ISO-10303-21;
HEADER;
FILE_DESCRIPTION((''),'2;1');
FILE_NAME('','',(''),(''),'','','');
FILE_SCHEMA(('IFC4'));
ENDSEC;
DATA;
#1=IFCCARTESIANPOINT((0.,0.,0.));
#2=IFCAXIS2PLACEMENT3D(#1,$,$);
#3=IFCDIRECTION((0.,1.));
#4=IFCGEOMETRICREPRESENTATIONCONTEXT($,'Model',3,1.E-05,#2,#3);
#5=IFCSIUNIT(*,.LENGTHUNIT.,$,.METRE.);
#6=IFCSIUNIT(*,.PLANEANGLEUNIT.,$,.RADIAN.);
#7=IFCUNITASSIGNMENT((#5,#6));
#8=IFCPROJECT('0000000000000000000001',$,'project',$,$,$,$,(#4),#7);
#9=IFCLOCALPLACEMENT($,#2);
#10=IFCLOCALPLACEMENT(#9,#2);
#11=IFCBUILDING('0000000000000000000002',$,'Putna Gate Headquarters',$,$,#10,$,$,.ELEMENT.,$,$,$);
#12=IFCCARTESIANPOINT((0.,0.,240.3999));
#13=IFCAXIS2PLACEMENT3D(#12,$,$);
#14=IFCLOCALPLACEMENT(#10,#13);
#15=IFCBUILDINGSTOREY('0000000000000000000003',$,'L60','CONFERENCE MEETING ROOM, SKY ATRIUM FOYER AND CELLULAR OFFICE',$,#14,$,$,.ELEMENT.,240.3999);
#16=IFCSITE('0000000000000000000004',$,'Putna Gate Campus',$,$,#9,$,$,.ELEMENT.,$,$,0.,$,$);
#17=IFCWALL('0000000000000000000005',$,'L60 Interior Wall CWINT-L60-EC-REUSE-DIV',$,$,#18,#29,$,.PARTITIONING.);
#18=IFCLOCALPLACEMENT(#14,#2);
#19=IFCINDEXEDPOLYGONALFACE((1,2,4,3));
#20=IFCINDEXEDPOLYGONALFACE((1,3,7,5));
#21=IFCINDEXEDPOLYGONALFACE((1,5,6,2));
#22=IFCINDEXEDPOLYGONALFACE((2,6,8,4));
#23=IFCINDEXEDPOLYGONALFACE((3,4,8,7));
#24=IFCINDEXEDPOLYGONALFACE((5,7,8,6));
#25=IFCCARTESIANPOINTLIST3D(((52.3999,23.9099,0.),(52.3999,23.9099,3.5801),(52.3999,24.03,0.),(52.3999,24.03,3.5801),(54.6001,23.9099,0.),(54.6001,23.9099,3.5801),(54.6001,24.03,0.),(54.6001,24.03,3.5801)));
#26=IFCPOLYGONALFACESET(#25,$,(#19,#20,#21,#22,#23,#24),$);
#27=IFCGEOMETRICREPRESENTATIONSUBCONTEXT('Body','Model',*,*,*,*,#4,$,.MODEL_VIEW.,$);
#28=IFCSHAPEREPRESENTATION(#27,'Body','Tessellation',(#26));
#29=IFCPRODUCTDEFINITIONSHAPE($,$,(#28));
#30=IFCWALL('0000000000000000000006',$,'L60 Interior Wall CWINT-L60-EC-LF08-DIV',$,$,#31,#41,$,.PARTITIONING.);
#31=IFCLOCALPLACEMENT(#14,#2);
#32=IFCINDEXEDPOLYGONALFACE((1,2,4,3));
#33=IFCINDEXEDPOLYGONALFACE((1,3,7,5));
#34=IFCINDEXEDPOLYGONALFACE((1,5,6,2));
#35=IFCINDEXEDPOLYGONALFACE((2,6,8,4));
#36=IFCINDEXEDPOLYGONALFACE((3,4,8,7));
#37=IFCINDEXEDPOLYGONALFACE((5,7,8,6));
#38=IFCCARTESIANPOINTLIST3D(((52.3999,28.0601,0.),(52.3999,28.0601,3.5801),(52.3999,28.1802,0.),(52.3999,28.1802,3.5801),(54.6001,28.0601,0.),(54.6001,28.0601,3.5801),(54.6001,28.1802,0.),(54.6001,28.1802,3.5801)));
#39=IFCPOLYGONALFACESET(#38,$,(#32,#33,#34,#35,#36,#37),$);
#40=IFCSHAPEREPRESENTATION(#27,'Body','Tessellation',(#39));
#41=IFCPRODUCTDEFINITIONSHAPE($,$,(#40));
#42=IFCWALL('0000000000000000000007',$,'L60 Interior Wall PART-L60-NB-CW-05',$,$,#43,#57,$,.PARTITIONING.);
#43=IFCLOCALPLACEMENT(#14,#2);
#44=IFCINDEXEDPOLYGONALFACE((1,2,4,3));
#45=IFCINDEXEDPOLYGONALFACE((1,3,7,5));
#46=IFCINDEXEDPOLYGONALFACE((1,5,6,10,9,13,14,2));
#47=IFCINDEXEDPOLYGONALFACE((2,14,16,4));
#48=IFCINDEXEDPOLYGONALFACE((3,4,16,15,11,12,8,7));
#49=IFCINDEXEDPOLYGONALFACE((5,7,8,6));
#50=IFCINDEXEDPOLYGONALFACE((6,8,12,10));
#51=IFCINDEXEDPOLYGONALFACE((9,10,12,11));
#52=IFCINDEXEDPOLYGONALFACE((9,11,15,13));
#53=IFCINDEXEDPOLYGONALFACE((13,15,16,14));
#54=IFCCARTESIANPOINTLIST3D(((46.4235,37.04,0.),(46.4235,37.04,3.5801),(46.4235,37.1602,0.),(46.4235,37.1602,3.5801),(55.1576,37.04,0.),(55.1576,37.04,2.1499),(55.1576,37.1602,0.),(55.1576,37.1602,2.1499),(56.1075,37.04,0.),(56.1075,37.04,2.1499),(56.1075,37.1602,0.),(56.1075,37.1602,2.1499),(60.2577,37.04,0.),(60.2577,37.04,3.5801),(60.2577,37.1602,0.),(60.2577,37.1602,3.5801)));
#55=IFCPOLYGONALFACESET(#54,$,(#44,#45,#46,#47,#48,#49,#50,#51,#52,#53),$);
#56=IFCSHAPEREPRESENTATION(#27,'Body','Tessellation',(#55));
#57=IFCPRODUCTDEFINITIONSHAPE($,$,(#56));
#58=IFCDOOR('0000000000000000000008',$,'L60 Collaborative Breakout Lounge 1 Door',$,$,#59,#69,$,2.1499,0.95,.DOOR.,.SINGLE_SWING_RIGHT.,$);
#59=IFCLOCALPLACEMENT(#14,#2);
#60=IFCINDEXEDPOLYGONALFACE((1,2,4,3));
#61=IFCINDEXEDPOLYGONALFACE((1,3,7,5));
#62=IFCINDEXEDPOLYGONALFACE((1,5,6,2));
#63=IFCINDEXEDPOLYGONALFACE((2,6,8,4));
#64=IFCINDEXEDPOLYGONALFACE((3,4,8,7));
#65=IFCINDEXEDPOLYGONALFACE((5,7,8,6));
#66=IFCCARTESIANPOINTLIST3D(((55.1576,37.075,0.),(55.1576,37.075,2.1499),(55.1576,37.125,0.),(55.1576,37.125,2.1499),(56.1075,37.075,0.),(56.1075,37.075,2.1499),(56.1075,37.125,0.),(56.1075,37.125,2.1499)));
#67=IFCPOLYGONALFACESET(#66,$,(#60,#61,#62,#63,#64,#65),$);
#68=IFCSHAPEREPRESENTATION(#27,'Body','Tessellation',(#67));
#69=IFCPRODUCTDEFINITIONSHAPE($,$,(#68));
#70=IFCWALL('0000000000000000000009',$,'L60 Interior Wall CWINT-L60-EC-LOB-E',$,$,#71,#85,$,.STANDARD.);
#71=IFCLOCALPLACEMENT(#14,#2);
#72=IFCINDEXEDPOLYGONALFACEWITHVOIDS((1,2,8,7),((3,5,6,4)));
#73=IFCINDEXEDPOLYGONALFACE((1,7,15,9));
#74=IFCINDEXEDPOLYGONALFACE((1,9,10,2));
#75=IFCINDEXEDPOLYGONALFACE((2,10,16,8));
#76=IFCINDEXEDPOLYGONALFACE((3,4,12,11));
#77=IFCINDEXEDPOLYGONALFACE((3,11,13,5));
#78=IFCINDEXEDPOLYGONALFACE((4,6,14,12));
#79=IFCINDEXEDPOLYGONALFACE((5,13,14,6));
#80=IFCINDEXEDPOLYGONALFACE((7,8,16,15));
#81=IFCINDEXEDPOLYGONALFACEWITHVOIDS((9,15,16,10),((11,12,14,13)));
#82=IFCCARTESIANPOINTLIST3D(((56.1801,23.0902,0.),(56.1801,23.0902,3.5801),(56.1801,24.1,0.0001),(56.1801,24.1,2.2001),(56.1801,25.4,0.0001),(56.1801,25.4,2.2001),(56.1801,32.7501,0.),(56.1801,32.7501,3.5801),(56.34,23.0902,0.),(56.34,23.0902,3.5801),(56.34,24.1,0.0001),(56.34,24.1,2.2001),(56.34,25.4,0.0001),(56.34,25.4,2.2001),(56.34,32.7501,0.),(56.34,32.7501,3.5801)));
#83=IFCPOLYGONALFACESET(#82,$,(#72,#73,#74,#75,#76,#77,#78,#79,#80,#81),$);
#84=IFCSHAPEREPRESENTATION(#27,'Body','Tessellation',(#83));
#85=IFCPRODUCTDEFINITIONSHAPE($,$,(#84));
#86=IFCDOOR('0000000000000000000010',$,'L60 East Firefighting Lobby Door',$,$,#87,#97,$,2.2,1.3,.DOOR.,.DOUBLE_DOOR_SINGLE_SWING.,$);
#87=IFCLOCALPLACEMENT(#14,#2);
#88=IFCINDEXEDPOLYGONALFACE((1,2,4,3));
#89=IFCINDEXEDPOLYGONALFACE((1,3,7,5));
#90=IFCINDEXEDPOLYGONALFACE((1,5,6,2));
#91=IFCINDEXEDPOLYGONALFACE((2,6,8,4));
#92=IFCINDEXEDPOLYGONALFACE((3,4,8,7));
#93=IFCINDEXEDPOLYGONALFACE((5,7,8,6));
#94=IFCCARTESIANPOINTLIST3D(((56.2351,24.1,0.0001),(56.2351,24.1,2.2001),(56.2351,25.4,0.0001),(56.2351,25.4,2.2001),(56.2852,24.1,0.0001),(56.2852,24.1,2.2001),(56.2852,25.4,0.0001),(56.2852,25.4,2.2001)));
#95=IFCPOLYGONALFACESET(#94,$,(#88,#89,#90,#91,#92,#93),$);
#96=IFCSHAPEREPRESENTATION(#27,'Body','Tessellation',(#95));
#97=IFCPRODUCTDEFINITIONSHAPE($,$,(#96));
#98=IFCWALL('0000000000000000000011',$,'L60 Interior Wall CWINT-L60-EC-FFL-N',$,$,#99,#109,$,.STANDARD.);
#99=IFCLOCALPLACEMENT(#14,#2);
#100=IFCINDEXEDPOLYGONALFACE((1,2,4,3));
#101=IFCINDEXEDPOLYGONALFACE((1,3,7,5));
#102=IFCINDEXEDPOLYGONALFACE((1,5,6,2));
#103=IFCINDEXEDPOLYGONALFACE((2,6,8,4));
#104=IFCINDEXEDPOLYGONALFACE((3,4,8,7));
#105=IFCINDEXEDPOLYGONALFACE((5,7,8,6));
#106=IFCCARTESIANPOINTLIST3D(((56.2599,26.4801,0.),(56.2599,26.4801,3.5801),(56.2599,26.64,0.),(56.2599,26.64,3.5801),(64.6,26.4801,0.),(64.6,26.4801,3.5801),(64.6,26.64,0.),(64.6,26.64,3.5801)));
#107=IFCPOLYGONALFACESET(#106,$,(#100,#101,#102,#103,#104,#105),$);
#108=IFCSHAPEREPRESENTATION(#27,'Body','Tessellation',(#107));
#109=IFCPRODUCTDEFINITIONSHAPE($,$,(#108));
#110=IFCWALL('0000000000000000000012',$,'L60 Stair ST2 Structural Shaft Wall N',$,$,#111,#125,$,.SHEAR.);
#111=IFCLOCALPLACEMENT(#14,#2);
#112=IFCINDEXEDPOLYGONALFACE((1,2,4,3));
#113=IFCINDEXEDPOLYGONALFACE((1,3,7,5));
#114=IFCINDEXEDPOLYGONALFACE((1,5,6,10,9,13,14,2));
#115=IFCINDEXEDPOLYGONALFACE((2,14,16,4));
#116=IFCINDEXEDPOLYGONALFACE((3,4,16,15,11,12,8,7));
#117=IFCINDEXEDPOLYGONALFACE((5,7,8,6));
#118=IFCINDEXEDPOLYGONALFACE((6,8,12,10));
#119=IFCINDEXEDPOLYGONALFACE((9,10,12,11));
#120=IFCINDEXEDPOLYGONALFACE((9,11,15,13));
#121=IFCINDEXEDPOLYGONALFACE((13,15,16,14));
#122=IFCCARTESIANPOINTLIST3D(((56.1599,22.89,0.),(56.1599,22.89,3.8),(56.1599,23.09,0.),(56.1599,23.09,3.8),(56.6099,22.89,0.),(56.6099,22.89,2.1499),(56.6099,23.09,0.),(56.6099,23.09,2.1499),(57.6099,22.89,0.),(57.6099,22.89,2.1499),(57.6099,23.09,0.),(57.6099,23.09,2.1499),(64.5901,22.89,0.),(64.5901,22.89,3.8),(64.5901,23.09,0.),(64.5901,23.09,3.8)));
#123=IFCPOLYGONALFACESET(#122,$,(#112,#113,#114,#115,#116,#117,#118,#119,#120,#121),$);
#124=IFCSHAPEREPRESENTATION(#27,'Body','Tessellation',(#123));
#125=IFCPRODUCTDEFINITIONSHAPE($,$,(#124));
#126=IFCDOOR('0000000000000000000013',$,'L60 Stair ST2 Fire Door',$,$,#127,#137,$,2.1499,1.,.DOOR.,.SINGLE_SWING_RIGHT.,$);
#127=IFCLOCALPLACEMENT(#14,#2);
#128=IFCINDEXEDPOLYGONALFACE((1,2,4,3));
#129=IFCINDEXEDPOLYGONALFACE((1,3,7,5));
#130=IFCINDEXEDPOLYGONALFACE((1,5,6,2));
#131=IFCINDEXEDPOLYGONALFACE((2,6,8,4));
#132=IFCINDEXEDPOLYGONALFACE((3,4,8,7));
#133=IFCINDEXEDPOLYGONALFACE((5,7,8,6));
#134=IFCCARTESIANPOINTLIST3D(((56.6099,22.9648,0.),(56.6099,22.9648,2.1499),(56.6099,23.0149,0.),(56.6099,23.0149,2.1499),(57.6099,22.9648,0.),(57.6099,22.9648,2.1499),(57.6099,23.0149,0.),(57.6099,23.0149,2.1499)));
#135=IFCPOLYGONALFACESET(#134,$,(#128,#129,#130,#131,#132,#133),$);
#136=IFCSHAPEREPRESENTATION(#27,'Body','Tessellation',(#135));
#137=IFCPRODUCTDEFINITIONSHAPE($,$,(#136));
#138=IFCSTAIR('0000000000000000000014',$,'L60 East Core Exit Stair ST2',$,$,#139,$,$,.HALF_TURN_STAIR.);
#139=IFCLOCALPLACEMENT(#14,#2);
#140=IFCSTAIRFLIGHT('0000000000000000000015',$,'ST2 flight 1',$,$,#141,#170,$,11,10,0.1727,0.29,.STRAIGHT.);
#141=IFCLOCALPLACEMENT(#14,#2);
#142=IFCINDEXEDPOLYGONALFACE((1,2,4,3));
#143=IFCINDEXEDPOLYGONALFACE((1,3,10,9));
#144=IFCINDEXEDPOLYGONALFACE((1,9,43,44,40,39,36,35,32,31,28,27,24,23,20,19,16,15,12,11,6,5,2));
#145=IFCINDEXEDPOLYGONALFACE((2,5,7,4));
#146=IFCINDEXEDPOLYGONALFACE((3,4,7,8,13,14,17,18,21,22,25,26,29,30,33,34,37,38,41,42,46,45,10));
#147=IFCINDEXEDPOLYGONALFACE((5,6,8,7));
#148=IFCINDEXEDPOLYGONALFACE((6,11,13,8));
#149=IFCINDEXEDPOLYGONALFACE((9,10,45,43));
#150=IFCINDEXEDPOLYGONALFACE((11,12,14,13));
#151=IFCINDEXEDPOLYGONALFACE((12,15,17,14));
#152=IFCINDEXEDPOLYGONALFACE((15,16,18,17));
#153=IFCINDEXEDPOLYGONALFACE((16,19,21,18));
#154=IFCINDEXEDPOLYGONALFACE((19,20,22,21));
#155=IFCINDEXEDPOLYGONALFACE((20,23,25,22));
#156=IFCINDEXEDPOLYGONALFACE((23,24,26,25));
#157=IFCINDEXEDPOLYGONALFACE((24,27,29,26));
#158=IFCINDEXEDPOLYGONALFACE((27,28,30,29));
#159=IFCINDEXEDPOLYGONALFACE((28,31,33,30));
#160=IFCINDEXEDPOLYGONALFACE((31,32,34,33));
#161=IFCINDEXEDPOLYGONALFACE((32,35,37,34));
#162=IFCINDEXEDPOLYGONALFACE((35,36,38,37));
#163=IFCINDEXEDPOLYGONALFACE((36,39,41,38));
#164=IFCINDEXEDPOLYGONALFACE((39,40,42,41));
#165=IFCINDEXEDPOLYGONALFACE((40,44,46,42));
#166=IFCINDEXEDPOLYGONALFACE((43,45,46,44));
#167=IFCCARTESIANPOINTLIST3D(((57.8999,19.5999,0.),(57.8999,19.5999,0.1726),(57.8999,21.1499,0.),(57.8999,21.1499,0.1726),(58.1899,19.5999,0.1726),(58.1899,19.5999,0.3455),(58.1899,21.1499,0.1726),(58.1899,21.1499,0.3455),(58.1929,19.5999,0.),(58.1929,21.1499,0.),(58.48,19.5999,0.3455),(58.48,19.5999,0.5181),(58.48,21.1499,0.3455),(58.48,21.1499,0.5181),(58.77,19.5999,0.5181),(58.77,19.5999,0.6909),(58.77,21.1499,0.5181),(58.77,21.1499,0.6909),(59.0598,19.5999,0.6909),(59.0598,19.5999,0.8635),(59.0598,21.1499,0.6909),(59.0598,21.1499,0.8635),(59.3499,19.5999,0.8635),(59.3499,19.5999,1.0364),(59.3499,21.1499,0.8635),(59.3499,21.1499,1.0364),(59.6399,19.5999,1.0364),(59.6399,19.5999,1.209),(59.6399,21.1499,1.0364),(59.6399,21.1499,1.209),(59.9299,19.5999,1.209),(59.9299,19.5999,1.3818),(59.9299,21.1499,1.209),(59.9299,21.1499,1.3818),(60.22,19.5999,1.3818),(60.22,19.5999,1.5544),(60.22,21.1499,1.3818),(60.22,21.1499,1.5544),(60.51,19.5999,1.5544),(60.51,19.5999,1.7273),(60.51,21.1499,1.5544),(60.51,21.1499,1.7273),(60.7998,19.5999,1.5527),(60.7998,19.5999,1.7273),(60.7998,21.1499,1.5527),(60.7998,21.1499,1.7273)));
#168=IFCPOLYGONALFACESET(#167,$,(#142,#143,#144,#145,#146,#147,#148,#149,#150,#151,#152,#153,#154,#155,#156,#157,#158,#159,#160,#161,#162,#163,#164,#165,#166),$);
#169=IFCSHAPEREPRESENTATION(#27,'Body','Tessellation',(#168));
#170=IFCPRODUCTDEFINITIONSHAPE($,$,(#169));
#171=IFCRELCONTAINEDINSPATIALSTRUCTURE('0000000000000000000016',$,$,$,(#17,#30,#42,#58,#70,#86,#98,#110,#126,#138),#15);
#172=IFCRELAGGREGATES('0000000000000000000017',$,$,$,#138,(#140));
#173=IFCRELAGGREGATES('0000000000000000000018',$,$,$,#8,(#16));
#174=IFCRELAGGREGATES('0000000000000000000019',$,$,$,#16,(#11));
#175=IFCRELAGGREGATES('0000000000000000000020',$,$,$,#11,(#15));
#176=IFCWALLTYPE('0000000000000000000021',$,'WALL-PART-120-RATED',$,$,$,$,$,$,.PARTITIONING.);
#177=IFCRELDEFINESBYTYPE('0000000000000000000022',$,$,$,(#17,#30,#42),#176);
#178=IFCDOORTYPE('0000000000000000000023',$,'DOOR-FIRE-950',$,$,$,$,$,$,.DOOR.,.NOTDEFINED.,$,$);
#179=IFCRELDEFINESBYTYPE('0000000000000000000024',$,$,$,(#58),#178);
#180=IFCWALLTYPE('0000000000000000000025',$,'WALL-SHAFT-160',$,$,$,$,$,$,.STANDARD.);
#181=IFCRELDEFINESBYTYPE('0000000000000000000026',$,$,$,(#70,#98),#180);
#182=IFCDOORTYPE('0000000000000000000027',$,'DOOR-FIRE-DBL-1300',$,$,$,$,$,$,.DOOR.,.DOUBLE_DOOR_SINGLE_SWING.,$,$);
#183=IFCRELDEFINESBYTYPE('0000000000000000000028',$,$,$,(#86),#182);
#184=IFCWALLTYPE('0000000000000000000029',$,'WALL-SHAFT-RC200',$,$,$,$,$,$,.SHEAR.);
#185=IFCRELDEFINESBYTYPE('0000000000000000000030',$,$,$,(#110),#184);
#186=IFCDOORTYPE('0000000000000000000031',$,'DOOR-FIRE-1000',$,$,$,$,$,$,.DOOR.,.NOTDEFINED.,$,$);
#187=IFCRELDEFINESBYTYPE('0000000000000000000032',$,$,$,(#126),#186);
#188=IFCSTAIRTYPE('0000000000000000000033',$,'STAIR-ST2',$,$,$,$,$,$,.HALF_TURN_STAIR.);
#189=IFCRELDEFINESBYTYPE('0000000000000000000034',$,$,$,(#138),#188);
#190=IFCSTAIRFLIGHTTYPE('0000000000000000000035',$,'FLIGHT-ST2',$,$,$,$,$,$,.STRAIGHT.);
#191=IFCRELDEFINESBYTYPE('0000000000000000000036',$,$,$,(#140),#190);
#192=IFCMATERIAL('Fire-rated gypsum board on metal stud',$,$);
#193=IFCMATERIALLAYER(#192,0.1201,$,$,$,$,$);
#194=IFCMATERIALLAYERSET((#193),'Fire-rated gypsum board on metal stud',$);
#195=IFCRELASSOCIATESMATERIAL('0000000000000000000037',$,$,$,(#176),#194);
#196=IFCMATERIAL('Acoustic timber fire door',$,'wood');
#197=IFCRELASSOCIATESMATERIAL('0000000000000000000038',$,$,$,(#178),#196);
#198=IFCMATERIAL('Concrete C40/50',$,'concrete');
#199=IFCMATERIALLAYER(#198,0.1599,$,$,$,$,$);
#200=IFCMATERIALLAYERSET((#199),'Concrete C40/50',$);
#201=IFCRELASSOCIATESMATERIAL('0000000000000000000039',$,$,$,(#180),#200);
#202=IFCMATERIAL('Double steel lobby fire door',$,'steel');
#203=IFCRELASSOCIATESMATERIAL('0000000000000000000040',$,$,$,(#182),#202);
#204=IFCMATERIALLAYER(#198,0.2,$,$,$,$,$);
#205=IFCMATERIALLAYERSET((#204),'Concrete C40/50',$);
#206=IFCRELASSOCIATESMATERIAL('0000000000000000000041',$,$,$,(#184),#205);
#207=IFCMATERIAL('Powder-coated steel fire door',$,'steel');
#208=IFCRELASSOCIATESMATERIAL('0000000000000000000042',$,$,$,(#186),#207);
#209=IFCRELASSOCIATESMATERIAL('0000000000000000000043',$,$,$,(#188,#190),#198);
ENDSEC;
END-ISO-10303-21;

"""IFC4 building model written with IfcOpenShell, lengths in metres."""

from ifc_helpers import new_model, si_unit, direction, frame, frame_2d, origin, place, context, subcontext, project, spatial, polyline, rectangle, outline, extrude, material, layer, layer_set, type_object, element, fill, aggregate, save


model = new_model("IFC4")

# Units and contexts
model_context = context("Model", 3, precision=1e-05, world=origin(), true_north=direction((0.0, 1.0)))
body_context = subcontext(model_context, "Body", "Model", "MODEL_VIEW")
ifc_project = project(units=[si_unit("LENGTHUNIT", "METRE"), si_unit("PLANEANGLEUNIT", "RADIAN")], contexts=[model_context])

# Site, building, storey
site_placement = place(None, origin())
site = spatial("IfcSite", under=ifc_project, at=site_placement, Name="Putna Gate Campus", CompositionType="ELEMENT", RefElevation=0.0)
building_placement = place(site_placement, origin())
building = spatial("IfcBuilding", under=site, at=building_placement, Name="Putna Gate Headquarters", CompositionType="ELEMENT")
storey_placement = place(building_placement, frame((0.0, 0.0, 240.3999)))
storey = spatial("IfcBuildingStorey", under=building, at=storey_placement, Name="L60", Description="CONFERENCE MEETING ROOM, SKY ATRIUM FOYER AND CELLULAR OFFICE", CompositionType="ELEMENT", Elevation=240.3999)

# Walls
ifc_material_1 = material(Name="Fire-rated gypsum board on metal stud")
ifc_layer_1 = layer(ifc_material_1, 0.1201)
ifc_layer_set_1 = layer_set([ifc_layer_1], Name="Fire-rated gypsum board on metal stud")
wall_type_1 = type_object("IfcWallType", Name="WALL-PART-120-RATED", PredefinedType="PARTITIONING", material=ifc_layer_set_1)
for number, where, z_axis, x_axis, name in (
    (1, (52.3999, 23.97, 0.0), (0.0, 0.0, 1.0), (1.0, 0.0, 0.0), "L60 Interior Wall CWINT-L60-EC-REUSE-DIV"),
    (2, (52.3999, 28.1201, 0.0), (0.0, 0.0, 1.0), (1.0, 0.0, 0.0), "L60 Interior Wall CWINT-L60-EC-LF08-DIV"),
):
    element("IfcWall", number, at=place(storey_placement, frame(where, z_axis=z_axis, x_axis=x_axis)), inside=storey, type_object=wall_type_1, Name=name, PredefinedType="PARTITIONING", context=body_context, shape_type="SweptSolid", body=[
        extrude(rectangle(XDim=2.2002, YDim=0.1201, at=frame_2d((1.1001, 0.0))), origin(), (0.0, 0.0, 1.0), 3.5801),
    ])

# Walls, openings, doors
wall_1_placement = place(storey_placement, frame((46.4236, 37.1001, 0.0), z_axis=(0.0, 0.0, 1.0), x_axis=(1.0, 0.0, 0.0)))
wall_1 = element("IfcWall", 3, at=wall_1_placement, inside=storey, type_object=wall_type_1, Name="L60 Interior Wall PART-L60-NB-CW-05", PredefinedType="PARTITIONING", context=body_context, shape_type="SweptSolid", body=[
    extrude(rectangle(XDim=13.8342, YDim=0.1201, at=frame_2d((6.917, 0.0))), origin(), (0.0, 0.0, 1.0), 3.5801),
])
opening_1_placement = place(wall_1_placement, frame((8.7339, 0.0, 0.0)))
opening_1 = element("IfcOpeningElement", 4, at=opening_1_placement, cuts=wall_1, PredefinedType="OPENING", context=body_context, shape_type="SweptSolid", body=[
    extrude(rectangle(XDim=0.95, YDim=2.1499, at=frame_2d((0.4751, 1.075))), frame((0.0, 0.0701, 0.0), z_axis=(0.0, -1.0, 0.0), x_axis=(1.0, 0.0, 0.0)), (0.0, 0.0, 1.0), 0.1401),
])
ifc_material_2 = material(Name="Acoustic timber fire door", Category="wood")
door_type_1 = type_object("IfcDoorType", Name="DOOR-FIRE-950", OperationType="NOTDEFINED", PredefinedType="DOOR", material=ifc_material_2)
door_1_placement = place(opening_1_placement, origin())
door_1 = element("IfcDoor", 5, at=door_1_placement, inside=storey, type_object=door_type_1, Name="L60 Collaborative Breakout Lounge 1 Door", OperationType="SINGLE_SWING_RIGHT", OverallHeight=2.1499, OverallWidth=0.95, PredefinedType="DOOR", context=body_context, shape_type="SweptSolid", body=[
    extrude(rectangle(XDim=0.95, YDim=2.1499, at=frame_2d((0.4751, 1.075))), frame((0.0, 0.0249, 0.0), z_axis=(0.0, -1.0, 0.0), x_axis=(1.0, 0.0, 0.0)), (0.0, 0.0, 1.0), 0.05),
])
fill(opening_1, door_1)
ifc_material_3 = material(Name="Concrete C40/50", Category="concrete")
ifc_layer_2 = layer(ifc_material_3, 0.1599)
ifc_layer_set_2 = layer_set([ifc_layer_2], Name="Concrete C40/50")
wall_type_2 = type_object("IfcWallType", Name="WALL-SHAFT-160", PredefinedType="STANDARD", material=ifc_layer_set_2)
wall_2_placement = place(storey_placement, frame((56.26, 23.0901, 0.0), z_axis=(0.0, 0.0, 1.0), x_axis=(0.0, 1.0, 0.0)))
wall_2 = element("IfcWall", 6, at=wall_2_placement, inside=storey, type_object=wall_type_2, Name="L60 Interior Wall CWINT-L60-EC-LOB-E", PredefinedType="STANDARD", context=body_context, shape_type="SweptSolid", body=[
    extrude(rectangle(XDim=9.6599, YDim=0.1599, at=frame_2d((4.8301, 0.0))), origin(), (0.0, 0.0, 1.0), 3.5801),
])
opening_2_placement = place(wall_2_placement, frame((1.01, 0.0, 0.0)))
opening_2 = element("IfcOpeningElement", 7, at=opening_2_placement, cuts=wall_2, PredefinedType="OPENING", context=body_context, shape_type="SweptSolid", body=[
    extrude(rectangle(XDim=1.3, YDim=2.2, at=frame_2d((0.6499, 1.1001))), frame((0.0, 0.0898, 0.0), z_axis=(0.0, -1.0, 0.0), x_axis=(1.0, 0.0, 0.0)), (0.0, 0.0, 1.0), 0.1799),
])
ifc_material_4 = material(Name="Double steel lobby fire door", Category="steel")
door_type_2 = type_object("IfcDoorType", Name="DOOR-FIRE-DBL-1300", OperationType="DOUBLE_DOOR_SINGLE_SWING", PredefinedType="DOOR", material=ifc_material_4)
door_2_placement = place(opening_2_placement, origin())
door_2 = element("IfcDoor", 8, at=door_2_placement, inside=storey, type_object=door_type_2, Name="L60 East Firefighting Lobby Door", OperationType="DOUBLE_DOOR_SINGLE_SWING", OverallHeight=2.2, OverallWidth=1.3, PredefinedType="DOOR", context=body_context, shape_type="SweptSolid", body=[
    extrude(rectangle(XDim=1.3, YDim=2.2, at=frame_2d((0.6499, 1.1001))), frame((0.0, 0.0249, 0.0), z_axis=(0.0, -1.0, 0.0), x_axis=(1.0, 0.0, 0.0)), (0.0, 0.0, 1.0), 0.05),
])
fill(opening_2, door_2)

# Wall
wall_3_placement = place(storey_placement, frame((56.26, 26.5601, 0.0), z_axis=(0.0, 0.0, 1.0), x_axis=(1.0, 0.0, 0.0)))
element("IfcWall", 9, at=wall_3_placement, inside=storey, type_object=wall_type_2, Name="L60 Interior Wall CWINT-L60-EC-FFL-N", PredefinedType="STANDARD", context=body_context, shape_type="SweptSolid", body=[
    extrude(rectangle(XDim=8.3401, YDim=0.1599, at=frame_2d((4.1699, 0.0))), origin(), (0.0, 0.0, 1.0), 3.5801),
])

# Wall, opening, door
ifc_layer_3 = layer(ifc_material_3, 0.2)
ifc_layer_set_3 = layer_set([ifc_layer_3], Name="Concrete C40/50")
wall_type_3 = type_object("IfcWallType", Name="WALL-SHAFT-RC200", PredefinedType="SHEAR", material=ifc_layer_set_3)
wall_4_placement = place(storey_placement, frame((56.1599, 22.99, 0.0), z_axis=(0.0, 0.0, 1.0), x_axis=(1.0, 0.0, 0.0)))
wall_4 = element("IfcWall", 10, at=wall_4_placement, inside=storey, type_object=wall_type_3, Name="L60 Stair ST2 Structural Shaft Wall N", PredefinedType="SHEAR", context=body_context, shape_type="SweptSolid", body=[
    extrude(rectangle(XDim=8.4302, YDim=0.2, at=frame_2d((4.2151, 0.0))), origin(), (0.0, 0.0, 1.0), 3.8),
])
opening_3_placement = place(wall_4_placement, frame((0.45, 0.0, 0.0)))
opening_3 = element("IfcOpeningElement", 11, at=opening_3_placement, cuts=wall_4, PredefinedType="OPENING", context=body_context, shape_type="SweptSolid", body=[
    extrude(rectangle(XDim=1.0, YDim=2.1499, at=frame_2d((0.5, 1.075))), frame((0.0, 0.1099, 0.0), z_axis=(0.0, -1.0, 0.0), x_axis=(1.0, 0.0, 0.0)), (0.0, 0.0, 1.0), 0.22),
])
ifc_material_5 = material(Name="Powder-coated steel fire door", Category="steel")
door_type_3 = type_object("IfcDoorType", Name="DOOR-FIRE-1000", OperationType="NOTDEFINED", PredefinedType="DOOR", material=ifc_material_5)
door_3_placement = place(opening_3_placement, origin())
door_3 = element("IfcDoor", 12, at=door_3_placement, inside=storey, type_object=door_type_3, Name="L60 Stair ST2 Fire Door", OperationType="SINGLE_SWING_RIGHT", OverallHeight=2.1499, OverallWidth=1.0, PredefinedType="DOOR", context=body_context, shape_type="SweptSolid", body=[
    extrude(rectangle(XDim=1.0, YDim=2.1499, at=frame_2d((0.5, 1.075))), frame((0.0, 0.0249, 0.0), z_axis=(0.0, -1.0, 0.0), x_axis=(1.0, 0.0, 0.0)), (0.0, 0.0, 1.0), 0.05),
])
fill(opening_3, door_3)

# Stair, stair flight
stair_type = type_object("IfcStairType", Name="STAIR-ST2", PredefinedType="HALF_TURN_STAIR", material=ifc_material_3)
stair_placement = place(storey_placement, origin())
stair = element("IfcStair", 13, at=stair_placement, inside=storey, type_object=stair_type, Name="L60 East Core Exit Stair ST2", PredefinedType="HALF_TURN_STAIR")
stair_flight_type = type_object("IfcStairFlightType", Name="FLIGHT-ST2", PredefinedType="STRAIGHT", material=ifc_material_3)
stair_flight_placement = place(storey_placement, frame((57.8999, 20.375, 0.0), z_axis=(0.0, 0.0, 1.0), x_axis=(1.0, 0.0, 0.0)))
stair_flight = element("IfcStairFlight", 14, at=stair_flight_placement, type_object=stair_flight_type, Name="ST2 flight 1", NumberOfRisers=11, NumberOfTreads=10, PredefinedType="STRAIGHT", RiserHeight=0.1727, TreadLength=0.29, context=body_context, shape_type="SweptSolid", body=[
    extrude(outline(polyline([(0.0, 0.0), (0.0, 0.1726), (0.29, 0.1726), (0.29, 0.3455), (0.5801, 0.3455), (0.5801, 0.5181), (0.8701, 0.5181), (0.8701, 0.6909), (1.1599, 0.6909), (1.1599, 0.8635), (1.45, 0.8635), (1.45, 1.0364), (1.74, 1.0364), (1.74, 1.209), (2.03, 1.209), (2.03, 1.3818), (2.3201, 1.3818), (2.3201, 1.5544), (2.6101, 1.5544), (2.6101, 1.7273), (2.8999, 1.7273), (2.8999, 1.8999), (2.8999, 1.5527), (0.293, 0.0), (0.0, 0.0)])), frame((0.0, 0.7749, 0.0), z_axis=(0.0, -1.0, 0.0), x_axis=(1.0, 0.0, 0.0)), (0.0, 0.0, 1.0), 1.55),
])
aggregate(stair, [stair_flight])

save(model, "model.ifc")
